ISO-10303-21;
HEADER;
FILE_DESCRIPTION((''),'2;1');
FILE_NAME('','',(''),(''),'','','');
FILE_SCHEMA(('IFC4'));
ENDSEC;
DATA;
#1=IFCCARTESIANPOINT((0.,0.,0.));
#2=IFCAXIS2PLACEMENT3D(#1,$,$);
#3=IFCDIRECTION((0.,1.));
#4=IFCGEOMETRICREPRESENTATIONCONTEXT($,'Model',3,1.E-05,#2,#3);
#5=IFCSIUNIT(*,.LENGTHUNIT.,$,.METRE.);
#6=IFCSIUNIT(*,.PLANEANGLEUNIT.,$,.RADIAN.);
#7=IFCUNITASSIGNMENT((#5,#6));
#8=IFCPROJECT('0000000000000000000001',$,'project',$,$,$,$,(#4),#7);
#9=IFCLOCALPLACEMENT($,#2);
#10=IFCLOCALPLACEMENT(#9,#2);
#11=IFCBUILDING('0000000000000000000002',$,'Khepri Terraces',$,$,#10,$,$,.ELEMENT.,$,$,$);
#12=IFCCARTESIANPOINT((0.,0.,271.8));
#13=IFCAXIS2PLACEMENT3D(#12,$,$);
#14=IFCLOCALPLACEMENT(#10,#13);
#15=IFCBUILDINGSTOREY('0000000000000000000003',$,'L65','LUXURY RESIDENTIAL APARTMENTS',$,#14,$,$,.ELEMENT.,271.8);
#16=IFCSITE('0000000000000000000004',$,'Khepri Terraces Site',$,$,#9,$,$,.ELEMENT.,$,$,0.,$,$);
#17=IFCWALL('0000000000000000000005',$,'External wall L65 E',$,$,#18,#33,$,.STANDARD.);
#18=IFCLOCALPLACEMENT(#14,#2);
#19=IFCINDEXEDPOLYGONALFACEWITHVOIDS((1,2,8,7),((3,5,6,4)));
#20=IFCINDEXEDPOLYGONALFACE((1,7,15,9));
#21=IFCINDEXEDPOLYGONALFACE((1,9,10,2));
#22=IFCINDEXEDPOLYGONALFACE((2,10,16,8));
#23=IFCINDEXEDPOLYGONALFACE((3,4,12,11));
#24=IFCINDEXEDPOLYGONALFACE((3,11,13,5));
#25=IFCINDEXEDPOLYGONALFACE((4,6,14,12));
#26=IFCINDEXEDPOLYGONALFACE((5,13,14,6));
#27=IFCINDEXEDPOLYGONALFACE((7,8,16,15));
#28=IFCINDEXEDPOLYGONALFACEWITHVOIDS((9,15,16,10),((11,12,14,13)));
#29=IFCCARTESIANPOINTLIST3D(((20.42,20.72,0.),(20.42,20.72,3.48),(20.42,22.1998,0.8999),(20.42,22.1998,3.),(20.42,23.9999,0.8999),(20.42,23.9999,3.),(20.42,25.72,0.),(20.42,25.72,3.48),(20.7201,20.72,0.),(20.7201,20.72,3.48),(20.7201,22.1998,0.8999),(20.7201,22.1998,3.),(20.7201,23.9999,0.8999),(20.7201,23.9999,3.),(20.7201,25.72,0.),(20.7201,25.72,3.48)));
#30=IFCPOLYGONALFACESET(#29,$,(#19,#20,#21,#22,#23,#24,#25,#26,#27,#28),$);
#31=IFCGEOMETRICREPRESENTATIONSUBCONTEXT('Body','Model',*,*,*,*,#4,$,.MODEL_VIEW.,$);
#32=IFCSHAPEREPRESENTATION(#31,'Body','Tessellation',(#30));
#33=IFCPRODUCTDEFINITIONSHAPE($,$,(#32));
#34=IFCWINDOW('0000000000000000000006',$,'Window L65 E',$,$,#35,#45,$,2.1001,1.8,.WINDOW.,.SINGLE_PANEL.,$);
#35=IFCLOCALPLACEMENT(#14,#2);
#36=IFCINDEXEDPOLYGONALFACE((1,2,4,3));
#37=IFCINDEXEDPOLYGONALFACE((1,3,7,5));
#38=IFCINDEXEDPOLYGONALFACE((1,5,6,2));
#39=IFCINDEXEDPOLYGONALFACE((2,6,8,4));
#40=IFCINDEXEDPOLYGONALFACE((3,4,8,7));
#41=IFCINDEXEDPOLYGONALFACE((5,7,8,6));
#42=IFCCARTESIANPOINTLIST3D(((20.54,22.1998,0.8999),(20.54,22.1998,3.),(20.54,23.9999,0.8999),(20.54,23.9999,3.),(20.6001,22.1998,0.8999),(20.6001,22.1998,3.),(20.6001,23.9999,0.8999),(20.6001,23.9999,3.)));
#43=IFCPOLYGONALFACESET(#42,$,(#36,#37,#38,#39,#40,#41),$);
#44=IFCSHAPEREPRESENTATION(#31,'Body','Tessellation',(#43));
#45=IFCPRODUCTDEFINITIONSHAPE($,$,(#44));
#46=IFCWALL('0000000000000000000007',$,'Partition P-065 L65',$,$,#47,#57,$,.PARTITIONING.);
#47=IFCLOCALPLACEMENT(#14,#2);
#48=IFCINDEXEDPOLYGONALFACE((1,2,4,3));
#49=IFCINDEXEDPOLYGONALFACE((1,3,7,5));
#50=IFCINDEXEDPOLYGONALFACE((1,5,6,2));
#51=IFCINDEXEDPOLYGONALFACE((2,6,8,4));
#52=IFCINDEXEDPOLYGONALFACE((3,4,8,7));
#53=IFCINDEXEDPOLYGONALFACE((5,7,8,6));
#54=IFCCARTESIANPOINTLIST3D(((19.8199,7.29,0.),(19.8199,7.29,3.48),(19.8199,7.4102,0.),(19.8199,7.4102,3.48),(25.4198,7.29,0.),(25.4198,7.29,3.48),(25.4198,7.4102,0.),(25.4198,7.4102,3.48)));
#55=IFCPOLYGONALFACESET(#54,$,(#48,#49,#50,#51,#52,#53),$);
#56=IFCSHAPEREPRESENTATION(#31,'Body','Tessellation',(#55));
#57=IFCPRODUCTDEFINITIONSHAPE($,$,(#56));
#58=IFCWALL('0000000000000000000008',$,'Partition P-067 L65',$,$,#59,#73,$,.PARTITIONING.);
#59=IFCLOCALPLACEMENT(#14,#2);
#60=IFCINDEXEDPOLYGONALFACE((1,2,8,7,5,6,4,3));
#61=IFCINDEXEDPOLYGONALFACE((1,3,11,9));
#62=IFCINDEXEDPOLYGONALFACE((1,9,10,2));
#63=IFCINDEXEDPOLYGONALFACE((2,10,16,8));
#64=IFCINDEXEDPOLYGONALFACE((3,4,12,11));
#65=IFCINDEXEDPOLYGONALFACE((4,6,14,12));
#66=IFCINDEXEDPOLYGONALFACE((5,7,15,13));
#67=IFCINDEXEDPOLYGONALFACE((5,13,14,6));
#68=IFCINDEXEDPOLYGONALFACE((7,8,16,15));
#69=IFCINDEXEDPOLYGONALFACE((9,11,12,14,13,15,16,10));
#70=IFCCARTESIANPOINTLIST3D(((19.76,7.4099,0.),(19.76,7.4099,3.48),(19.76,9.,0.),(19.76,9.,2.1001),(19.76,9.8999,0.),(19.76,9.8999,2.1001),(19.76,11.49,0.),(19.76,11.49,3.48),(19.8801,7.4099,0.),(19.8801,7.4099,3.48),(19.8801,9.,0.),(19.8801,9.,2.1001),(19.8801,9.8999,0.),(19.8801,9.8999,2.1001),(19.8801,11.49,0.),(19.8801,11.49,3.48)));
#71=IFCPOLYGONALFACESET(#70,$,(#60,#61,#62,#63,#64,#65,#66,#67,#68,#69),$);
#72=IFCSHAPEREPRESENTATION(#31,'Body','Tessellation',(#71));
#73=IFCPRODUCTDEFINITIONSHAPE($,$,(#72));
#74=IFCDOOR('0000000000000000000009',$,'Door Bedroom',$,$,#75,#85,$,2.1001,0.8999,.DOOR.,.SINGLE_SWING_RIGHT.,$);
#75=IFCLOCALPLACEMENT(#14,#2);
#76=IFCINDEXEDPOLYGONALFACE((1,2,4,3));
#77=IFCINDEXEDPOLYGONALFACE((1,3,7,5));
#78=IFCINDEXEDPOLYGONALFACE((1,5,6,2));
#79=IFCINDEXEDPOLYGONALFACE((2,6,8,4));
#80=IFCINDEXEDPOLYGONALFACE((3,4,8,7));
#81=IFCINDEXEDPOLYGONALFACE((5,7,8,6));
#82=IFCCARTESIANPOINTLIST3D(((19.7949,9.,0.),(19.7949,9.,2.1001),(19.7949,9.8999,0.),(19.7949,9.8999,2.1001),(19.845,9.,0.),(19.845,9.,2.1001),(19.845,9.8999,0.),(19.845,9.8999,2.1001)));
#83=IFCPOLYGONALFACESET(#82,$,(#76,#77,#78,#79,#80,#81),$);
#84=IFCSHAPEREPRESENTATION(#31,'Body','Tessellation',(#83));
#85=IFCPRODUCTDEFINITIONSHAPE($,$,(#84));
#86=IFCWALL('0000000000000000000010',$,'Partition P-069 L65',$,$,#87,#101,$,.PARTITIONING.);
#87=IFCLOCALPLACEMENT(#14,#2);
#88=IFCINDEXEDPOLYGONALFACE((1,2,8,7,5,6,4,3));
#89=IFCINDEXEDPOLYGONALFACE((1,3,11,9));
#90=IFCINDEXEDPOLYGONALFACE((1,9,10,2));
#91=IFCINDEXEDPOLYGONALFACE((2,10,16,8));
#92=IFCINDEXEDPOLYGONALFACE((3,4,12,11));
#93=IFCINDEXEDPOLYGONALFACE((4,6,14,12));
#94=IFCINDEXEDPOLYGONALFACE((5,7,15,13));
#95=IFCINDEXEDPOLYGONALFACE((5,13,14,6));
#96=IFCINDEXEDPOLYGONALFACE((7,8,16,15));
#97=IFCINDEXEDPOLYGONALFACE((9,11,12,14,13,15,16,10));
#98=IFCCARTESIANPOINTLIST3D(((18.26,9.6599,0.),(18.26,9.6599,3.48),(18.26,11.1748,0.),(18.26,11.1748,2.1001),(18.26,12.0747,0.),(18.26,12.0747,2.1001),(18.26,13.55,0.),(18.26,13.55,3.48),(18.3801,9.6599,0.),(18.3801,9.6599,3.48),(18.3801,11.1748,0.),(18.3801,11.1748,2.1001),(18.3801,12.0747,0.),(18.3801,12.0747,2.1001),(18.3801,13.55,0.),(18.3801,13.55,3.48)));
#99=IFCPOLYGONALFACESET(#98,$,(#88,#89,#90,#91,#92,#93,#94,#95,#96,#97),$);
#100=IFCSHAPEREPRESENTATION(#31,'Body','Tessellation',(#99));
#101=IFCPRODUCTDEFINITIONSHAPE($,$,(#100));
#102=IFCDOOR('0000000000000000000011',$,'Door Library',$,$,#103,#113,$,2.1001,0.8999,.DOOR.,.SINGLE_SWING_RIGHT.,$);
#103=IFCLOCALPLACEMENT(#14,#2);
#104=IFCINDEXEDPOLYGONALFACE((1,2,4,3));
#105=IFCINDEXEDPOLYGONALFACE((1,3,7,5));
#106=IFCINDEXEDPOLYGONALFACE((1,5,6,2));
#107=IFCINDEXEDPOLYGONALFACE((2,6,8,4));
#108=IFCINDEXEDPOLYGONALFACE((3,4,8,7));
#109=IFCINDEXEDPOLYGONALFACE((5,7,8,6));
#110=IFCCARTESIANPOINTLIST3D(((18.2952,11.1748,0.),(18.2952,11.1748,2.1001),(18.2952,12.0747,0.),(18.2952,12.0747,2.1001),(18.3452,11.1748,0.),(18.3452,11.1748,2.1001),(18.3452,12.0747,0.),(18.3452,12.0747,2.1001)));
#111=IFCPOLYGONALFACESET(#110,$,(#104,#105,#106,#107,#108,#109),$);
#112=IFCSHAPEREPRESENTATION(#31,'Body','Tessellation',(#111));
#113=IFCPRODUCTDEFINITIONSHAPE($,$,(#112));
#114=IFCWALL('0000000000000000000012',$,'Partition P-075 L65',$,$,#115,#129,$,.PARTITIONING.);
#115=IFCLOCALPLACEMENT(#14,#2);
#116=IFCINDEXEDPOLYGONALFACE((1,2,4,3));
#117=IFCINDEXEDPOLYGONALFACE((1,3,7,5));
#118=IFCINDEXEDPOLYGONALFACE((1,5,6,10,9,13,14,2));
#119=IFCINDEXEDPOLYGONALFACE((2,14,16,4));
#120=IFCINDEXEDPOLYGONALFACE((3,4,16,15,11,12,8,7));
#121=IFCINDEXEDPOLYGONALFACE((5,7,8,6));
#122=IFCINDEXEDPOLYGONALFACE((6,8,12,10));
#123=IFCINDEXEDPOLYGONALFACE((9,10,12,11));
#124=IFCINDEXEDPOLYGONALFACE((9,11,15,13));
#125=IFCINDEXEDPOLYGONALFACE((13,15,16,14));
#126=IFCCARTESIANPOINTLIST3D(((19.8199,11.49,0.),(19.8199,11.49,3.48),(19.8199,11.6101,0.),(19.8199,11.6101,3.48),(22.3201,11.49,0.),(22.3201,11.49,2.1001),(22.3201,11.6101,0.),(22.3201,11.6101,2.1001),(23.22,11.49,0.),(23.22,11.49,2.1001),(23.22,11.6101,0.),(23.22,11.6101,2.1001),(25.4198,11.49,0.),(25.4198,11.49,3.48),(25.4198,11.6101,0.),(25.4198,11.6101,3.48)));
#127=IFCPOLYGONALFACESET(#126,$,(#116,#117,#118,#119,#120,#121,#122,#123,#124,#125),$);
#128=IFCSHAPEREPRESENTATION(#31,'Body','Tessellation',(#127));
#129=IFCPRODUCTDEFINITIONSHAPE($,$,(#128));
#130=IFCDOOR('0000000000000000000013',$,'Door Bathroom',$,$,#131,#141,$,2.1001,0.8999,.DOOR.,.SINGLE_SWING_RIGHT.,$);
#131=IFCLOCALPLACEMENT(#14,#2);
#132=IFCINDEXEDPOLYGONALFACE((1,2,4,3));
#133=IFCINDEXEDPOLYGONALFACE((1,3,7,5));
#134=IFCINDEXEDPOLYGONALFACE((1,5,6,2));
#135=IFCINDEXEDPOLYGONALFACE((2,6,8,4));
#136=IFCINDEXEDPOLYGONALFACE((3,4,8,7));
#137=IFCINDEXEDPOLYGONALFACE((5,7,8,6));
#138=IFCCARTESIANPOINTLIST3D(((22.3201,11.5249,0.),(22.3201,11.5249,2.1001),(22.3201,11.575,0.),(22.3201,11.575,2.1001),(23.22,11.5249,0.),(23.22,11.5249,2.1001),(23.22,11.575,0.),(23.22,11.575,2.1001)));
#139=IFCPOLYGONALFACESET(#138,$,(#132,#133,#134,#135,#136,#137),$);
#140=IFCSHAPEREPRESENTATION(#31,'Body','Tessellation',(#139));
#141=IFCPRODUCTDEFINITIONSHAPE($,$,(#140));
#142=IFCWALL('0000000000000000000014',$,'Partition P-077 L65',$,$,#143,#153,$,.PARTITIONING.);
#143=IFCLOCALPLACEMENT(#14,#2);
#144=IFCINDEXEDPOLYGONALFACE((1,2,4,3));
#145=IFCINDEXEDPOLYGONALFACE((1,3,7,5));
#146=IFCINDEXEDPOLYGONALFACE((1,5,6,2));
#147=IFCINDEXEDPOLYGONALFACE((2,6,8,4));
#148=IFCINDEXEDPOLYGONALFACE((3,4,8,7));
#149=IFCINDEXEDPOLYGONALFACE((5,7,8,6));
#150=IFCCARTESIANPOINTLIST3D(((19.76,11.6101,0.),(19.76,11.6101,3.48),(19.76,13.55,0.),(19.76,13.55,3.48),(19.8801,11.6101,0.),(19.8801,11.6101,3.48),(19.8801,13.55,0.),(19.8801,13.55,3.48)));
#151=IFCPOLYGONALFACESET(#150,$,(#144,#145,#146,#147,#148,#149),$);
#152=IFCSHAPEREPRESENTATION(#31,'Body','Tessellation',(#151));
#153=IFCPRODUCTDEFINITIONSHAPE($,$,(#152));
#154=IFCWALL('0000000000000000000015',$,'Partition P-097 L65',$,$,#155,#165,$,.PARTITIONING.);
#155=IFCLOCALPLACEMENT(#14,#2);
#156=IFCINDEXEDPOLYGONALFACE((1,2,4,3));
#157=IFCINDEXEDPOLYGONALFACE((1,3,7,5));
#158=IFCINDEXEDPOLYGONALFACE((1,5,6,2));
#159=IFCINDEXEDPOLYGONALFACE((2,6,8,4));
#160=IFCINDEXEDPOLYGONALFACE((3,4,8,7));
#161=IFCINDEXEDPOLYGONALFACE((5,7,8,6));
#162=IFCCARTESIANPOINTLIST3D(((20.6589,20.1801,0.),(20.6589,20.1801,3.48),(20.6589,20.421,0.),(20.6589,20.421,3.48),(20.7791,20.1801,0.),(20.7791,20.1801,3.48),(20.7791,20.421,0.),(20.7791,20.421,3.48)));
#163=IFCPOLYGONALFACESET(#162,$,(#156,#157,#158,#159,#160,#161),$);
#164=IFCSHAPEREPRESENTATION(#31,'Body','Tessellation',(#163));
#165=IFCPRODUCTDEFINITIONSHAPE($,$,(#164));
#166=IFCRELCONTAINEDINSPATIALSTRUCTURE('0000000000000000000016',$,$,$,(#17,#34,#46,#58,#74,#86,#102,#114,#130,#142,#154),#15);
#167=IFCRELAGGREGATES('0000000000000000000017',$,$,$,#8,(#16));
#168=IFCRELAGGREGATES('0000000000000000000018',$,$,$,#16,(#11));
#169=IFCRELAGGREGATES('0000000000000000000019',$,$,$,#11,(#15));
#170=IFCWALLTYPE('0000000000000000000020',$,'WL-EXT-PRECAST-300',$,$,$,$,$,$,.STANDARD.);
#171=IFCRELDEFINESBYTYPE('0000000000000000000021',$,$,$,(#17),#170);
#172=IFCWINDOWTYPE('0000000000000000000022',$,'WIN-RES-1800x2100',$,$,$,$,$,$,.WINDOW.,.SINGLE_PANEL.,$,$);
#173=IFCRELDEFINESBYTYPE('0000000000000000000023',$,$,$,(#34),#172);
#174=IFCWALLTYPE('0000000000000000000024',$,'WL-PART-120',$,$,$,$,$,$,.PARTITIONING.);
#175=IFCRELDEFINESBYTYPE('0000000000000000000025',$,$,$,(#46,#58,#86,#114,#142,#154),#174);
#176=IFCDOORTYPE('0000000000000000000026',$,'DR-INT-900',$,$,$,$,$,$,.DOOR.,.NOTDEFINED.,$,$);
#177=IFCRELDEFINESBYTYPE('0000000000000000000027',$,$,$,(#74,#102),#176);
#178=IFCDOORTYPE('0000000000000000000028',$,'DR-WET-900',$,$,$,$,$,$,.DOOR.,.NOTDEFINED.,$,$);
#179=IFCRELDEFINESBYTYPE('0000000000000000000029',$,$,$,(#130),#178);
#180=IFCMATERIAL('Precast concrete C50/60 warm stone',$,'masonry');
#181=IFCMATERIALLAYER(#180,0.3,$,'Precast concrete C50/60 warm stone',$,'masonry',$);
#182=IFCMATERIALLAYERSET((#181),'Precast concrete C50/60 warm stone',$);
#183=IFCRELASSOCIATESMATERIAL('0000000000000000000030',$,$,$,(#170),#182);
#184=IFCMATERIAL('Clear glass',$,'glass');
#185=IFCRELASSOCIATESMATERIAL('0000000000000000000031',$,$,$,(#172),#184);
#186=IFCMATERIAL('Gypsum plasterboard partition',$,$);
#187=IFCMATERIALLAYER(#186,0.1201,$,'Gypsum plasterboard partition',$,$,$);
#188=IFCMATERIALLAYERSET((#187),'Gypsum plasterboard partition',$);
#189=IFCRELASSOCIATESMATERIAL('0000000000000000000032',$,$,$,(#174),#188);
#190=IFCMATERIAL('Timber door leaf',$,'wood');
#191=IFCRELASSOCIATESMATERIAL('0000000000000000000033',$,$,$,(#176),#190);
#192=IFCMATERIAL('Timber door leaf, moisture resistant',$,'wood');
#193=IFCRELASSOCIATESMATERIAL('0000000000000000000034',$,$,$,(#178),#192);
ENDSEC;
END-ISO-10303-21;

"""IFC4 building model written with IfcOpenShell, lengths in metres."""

from ifc_helpers import new_model, si_unit, direction, frame, frame_2d, origin, place, context, subcontext, project, spatial, rectangle, extrude, material, layer, layer_set, type_object, element, fill, save


model = new_model("IFC4")

# Units and contexts
model_context = context("Model", 3, precision=1e-05, world=origin(), true_north=direction((0.0, 1.0)))
body_context = subcontext(model_context, "Body", "Model", "MODEL_VIEW")
ifc_project = project(units=[si_unit("LENGTHUNIT", "METRE"), si_unit("PLANEANGLEUNIT", "RADIAN")], contexts=[model_context])

# Site, building, storey
site_placement = place(None, origin())
site = spatial("IfcSite", under=ifc_project, at=site_placement, Name="Khepri Terraces Site", CompositionType="ELEMENT", RefElevation=0.0)
building_placement = place(site_placement, origin())
building = spatial("IfcBuilding", under=site, at=building_placement, Name="Khepri Terraces", CompositionType="ELEMENT")
storey_placement = place(building_placement, frame((0.0, 0.0, 271.8)))
storey = spatial("IfcBuildingStorey", under=building, at=storey_placement, Name="L65", Description="LUXURY RESIDENTIAL APARTMENTS", CompositionType="ELEMENT", Elevation=271.8)

# Shared definitions
ifc_material_1 = material(Name="Precast concrete C50/60 warm stone", Category="masonry")
ifc_layer_1 = layer(ifc_material_1, 0.3, Name="Precast concrete C50/60 warm stone", Category="masonry")
ifc_layer_set_1 = layer_set([ifc_layer_1], Name="Precast concrete C50/60 warm stone")
wall_type_1 = type_object("IfcWallType", Name="WL-EXT-PRECAST-300", PredefinedType="STANDARD", material=ifc_layer_set_1)
ifc_material_2 = material(Name="Clear glass", Category="glass")
window_type = type_object("IfcWindowType", Name="WIN-RES-1800x2100", PartitioningType="SINGLE_PANEL", PredefinedType="WINDOW", material=ifc_material_2)

# Wall, opening, window
wall_1_placement = place(storey_placement, frame((20.5701, 20.72, 0.0), z_axis=(0.0, 0.0, 1.0), x_axis=(0.0, 1.0, 0.0)))
wall_1 = element("IfcWall", 1, at=wall_1_placement, inside=storey, type_object=wall_type_1, Name="External wall L65 E", PredefinedType="STANDARD", context=body_context, shape_type="SweptSolid", body=[
    extrude(rectangle(XDim=5.0, YDim=0.3, at=frame_2d((2.5, 0.0))), origin(), (0.0, 0.0, 1.0), 3.48),
])
opening_1_placement = place(wall_1_placement, frame((1.48, 0.0, 0.8999)))
opening_1 = element("IfcOpeningElement", 2, at=opening_1_placement, cuts=wall_1, PredefinedType="OPENING", context=body_context, shape_type="SweptSolid", body=[
    extrude(rectangle(XDim=1.8, YDim=2.1001, at=frame_2d((0.8999, 1.05))), frame((0.0, 0.1602, 0.0), z_axis=(0.0, -1.0, 0.0), x_axis=(1.0, 0.0, 0.0)), (0.0, 0.0, 1.0), 0.3201),
])
window_1_placement = place(opening_1_placement, origin())
window_1 = element("IfcWindow", 3, at=window_1_placement, inside=storey, type_object=window_type, Name="Window L65 E", OverallHeight=2.1001, OverallWidth=1.8, PartitioningType="SINGLE_PANEL", PredefinedType="WINDOW", context=body_context, shape_type="SweptSolid", body=[
    extrude(rectangle(XDim=1.8, YDim=2.1001, at=frame_2d((0.8999, 1.05))), frame((0.0, 0.03, 0.0), z_axis=(0.0, -1.0, 0.0), x_axis=(1.0, 0.0, 0.0)), (0.0, 0.0, 1.0), 0.0601),
])
fill(opening_1, window_1)

# Wall
ifc_material_3 = material(Name="Gypsum plasterboard partition")
ifc_layer_2 = layer(ifc_material_3, 0.1201, Name="Gypsum plasterboard partition")
ifc_layer_set_2 = layer_set([ifc_layer_2], Name="Gypsum plasterboard partition")
wall_type_2 = type_object("IfcWallType", Name="WL-PART-120", PredefinedType="PARTITIONING", material=ifc_layer_set_2)
wall_2_placement = place(storey_placement, frame((19.8201, 7.3501, 0.0), z_axis=(0.0, 0.0, 1.0), x_axis=(1.0, 0.0, 0.0)))
element("IfcWall", 4, at=wall_2_placement, inside=storey, type_object=wall_type_2, Name="Partition P-065 L65", PredefinedType="PARTITIONING", context=body_context, shape_type="SweptSolid", body=[
    extrude(rectangle(XDim=5.5999, YDim=0.1201, at=frame_2d((2.7998, 0.0))), origin(), (0.0, 0.0, 1.0), 3.48),
])

# Walls, openings, doors
wall_3_placement = place(storey_placement, frame((19.8201, 7.4099, 0.0), z_axis=(0.0, 0.0, 1.0), x_axis=(0.0, 1.0, 0.0)))
wall_3 = element("IfcWall", 5, at=wall_3_placement, inside=storey, type_object=wall_type_2, Name="Partition P-067 L65", PredefinedType="PARTITIONING", context=body_context, shape_type="SweptSolid", body=[
    extrude(rectangle(XDim=4.0801, YDim=0.1201, at=frame_2d((2.04, 0.0))), origin(), (0.0, 0.0, 1.0), 3.48),
])
opening_2_placement = place(wall_3_placement, frame((1.5901, 0.0, 0.0)))
opening_2 = element("IfcOpeningElement", 6, at=opening_2_placement, cuts=wall_3, PredefinedType="OPENING", context=body_context, shape_type="SweptSolid", body=[
    extrude(rectangle(XDim=0.8999, YDim=2.1001, at=frame_2d((0.45, 1.05))), frame((0.0, 0.0701, 0.0), z_axis=(0.0, -1.0, 0.0), x_axis=(1.0, 0.0, 0.0)), (0.0, 0.0, 1.0), 0.1401),
])
ifc_material_4 = material(Name="Timber door leaf", Category="wood")
door_type_1 = type_object("IfcDoorType", Name="DR-INT-900", OperationType="NOTDEFINED", PredefinedType="DOOR", material=ifc_material_4)
door_1_placement = place(opening_2_placement, frame((0.8999, 0.0, 0.0), z_axis=(0.0, 0.0, 1.0), x_axis=(-1.0, 0.0, 0.0)))
door_1 = element("IfcDoor", 7, at=door_1_placement, inside=storey, type_object=door_type_1, Name="Door Bedroom", OperationType="SINGLE_SWING_RIGHT", OverallHeight=2.1001, OverallWidth=0.8999, PredefinedType="DOOR", context=body_context, shape_type="SweptSolid", body=[
    extrude(rectangle(XDim=0.8999, YDim=2.1001, at=frame_2d((0.45, 1.05))), frame((0.0, 0.0249, 0.0), z_axis=(0.0, -1.0, 0.0), x_axis=(1.0, 0.0, 0.0)), (0.0, 0.0, 1.0), 0.05),
])
fill(opening_2, door_1)
wall_4_placement = place(storey_placement, frame((18.3201, 9.6599, 0.0), z_axis=(0.0, 0.0, 1.0), x_axis=(0.0, 1.0, 0.0)))
wall_4 = element("IfcWall", 8, at=wall_4_placement, inside=storey, type_object=wall_type_2, Name="Partition P-069 L65", PredefinedType="PARTITIONING", context=body_context, shape_type="SweptSolid", body=[
    extrude(rectangle(XDim=3.8901, YDim=0.1201, at=frame_2d((1.9451, 0.0))), origin(), (0.0, 0.0, 1.0), 3.48),
])
opening_3_placement = place(wall_4_placement, frame((1.5149, 0.0, 0.0)))
opening_3 = element("IfcOpeningElement", 9, at=opening_3_placement, cuts=wall_4, PredefinedType="OPENING", context=body_context, shape_type="SweptSolid", body=[
    extrude(rectangle(XDim=0.8999, YDim=2.1001, at=frame_2d((0.45, 1.05))), frame((0.0, 0.0701, 0.0), z_axis=(0.0, -1.0, 0.0), x_axis=(1.0, 0.0, 0.0)), (0.0, 0.0, 1.0), 0.1401),
])
door_2_placement = place(opening_3_placement, origin())
door_2 = element("IfcDoor", 10, at=door_2_placement, inside=storey, type_object=door_type_1, Name="Door Library", OperationType="SINGLE_SWING_RIGHT", OverallHeight=2.1001, OverallWidth=0.8999, PredefinedType="DOOR", context=body_context, shape_type="SweptSolid", body=[
    extrude(rectangle(XDim=0.8999, YDim=2.1001, at=frame_2d((0.45, 1.05))), frame((0.0, 0.0249, 0.0), z_axis=(0.0, -1.0, 0.0), x_axis=(1.0, 0.0, 0.0)), (0.0, 0.0, 1.0), 0.05),
])
fill(opening_3, door_2)
wall_5_placement = place(storey_placement, frame((19.8201, 11.55, 0.0), z_axis=(0.0, 0.0, 1.0), x_axis=(1.0, 0.0, 0.0)))
wall_5 = element("IfcWall", 11, at=wall_5_placement, inside=storey, type_object=wall_type_2, Name="Partition P-075 L65", PredefinedType="PARTITIONING", context=body_context, shape_type="SweptSolid", body=[
    extrude(rectangle(XDim=5.5999, YDim=0.1201, at=frame_2d((2.7998, 0.0))), origin(), (0.0, 0.0, 1.0), 3.48),
])
opening_4_placement = place(wall_5_placement, frame((2.5, 0.0, 0.0)))
opening_4 = element("IfcOpeningElement", 12, at=opening_4_placement, cuts=wall_5, PredefinedType="OPENING", context=body_context, shape_type="SweptSolid", body=[
    extrude(rectangle(XDim=0.8999, YDim=2.1001, at=frame_2d((0.45, 1.05))), frame((0.0, 0.0701, 0.0), z_axis=(0.0, -1.0, 0.0), x_axis=(1.0, 0.0, 0.0)), (0.0, 0.0, 1.0), 0.1401),
])
ifc_material_5 = material(Name="Timber door leaf, moisture resistant", Category="wood")
door_type_2 = type_object("IfcDoorType", Name="DR-WET-900", OperationType="NOTDEFINED", PredefinedType="DOOR", material=ifc_material_5)
door_3_placement = place(opening_4_placement, origin())
door_3 = element("IfcDoor", 13, at=door_3_placement, inside=storey, type_object=door_type_2, Name="Door Bathroom", OperationType="SINGLE_SWING_RIGHT", OverallHeight=2.1001, OverallWidth=0.8999, PredefinedType="DOOR", context=body_context, shape_type="SweptSolid", body=[
    extrude(rectangle(XDim=0.8999, YDim=2.1001, at=frame_2d((0.45, 1.05))), frame((0.0, 0.0249, 0.0), z_axis=(0.0, -1.0, 0.0), x_axis=(1.0, 0.0, 0.0)), (0.0, 0.0, 1.0), 0.05),
])
fill(opening_4, door_3)

# Walls
wall_6_placement = place(storey_placement, frame((19.8201, 11.6101, 0.0), z_axis=(0.0, 0.0, 1.0), x_axis=(0.0, 1.0, 0.0)))
element("IfcWall", 14, at=wall_6_placement, inside=storey, type_object=wall_type_2, Name="Partition P-077 L65", PredefinedType="PARTITIONING", context=body_context, shape_type="SweptSolid", body=[
    extrude(rectangle(XDim=1.9399, YDim=0.1201, at=frame_2d((0.97, 0.0))), origin(), (0.0, 0.0, 1.0), 3.48),
])
wall_7_placement = place(storey_placement, frame((20.719, 20.1799, 0.0), z_axis=(0.0, 0.0, 1.0), x_axis=(0.0, 1.0, 0.0)))
element("IfcWall", 15, at=wall_7_placement, inside=storey, type_object=wall_type_2, Name="Partition P-097 L65", PredefinedType="PARTITIONING", context=body_context, shape_type="SweptSolid", body=[
    extrude(rectangle(XDim=0.241, YDim=0.1201, at=frame_2d((0.1206, 0.0))), origin(), (0.0, 0.0, 1.0), 3.48),
])

save(model, "model.ifc")
